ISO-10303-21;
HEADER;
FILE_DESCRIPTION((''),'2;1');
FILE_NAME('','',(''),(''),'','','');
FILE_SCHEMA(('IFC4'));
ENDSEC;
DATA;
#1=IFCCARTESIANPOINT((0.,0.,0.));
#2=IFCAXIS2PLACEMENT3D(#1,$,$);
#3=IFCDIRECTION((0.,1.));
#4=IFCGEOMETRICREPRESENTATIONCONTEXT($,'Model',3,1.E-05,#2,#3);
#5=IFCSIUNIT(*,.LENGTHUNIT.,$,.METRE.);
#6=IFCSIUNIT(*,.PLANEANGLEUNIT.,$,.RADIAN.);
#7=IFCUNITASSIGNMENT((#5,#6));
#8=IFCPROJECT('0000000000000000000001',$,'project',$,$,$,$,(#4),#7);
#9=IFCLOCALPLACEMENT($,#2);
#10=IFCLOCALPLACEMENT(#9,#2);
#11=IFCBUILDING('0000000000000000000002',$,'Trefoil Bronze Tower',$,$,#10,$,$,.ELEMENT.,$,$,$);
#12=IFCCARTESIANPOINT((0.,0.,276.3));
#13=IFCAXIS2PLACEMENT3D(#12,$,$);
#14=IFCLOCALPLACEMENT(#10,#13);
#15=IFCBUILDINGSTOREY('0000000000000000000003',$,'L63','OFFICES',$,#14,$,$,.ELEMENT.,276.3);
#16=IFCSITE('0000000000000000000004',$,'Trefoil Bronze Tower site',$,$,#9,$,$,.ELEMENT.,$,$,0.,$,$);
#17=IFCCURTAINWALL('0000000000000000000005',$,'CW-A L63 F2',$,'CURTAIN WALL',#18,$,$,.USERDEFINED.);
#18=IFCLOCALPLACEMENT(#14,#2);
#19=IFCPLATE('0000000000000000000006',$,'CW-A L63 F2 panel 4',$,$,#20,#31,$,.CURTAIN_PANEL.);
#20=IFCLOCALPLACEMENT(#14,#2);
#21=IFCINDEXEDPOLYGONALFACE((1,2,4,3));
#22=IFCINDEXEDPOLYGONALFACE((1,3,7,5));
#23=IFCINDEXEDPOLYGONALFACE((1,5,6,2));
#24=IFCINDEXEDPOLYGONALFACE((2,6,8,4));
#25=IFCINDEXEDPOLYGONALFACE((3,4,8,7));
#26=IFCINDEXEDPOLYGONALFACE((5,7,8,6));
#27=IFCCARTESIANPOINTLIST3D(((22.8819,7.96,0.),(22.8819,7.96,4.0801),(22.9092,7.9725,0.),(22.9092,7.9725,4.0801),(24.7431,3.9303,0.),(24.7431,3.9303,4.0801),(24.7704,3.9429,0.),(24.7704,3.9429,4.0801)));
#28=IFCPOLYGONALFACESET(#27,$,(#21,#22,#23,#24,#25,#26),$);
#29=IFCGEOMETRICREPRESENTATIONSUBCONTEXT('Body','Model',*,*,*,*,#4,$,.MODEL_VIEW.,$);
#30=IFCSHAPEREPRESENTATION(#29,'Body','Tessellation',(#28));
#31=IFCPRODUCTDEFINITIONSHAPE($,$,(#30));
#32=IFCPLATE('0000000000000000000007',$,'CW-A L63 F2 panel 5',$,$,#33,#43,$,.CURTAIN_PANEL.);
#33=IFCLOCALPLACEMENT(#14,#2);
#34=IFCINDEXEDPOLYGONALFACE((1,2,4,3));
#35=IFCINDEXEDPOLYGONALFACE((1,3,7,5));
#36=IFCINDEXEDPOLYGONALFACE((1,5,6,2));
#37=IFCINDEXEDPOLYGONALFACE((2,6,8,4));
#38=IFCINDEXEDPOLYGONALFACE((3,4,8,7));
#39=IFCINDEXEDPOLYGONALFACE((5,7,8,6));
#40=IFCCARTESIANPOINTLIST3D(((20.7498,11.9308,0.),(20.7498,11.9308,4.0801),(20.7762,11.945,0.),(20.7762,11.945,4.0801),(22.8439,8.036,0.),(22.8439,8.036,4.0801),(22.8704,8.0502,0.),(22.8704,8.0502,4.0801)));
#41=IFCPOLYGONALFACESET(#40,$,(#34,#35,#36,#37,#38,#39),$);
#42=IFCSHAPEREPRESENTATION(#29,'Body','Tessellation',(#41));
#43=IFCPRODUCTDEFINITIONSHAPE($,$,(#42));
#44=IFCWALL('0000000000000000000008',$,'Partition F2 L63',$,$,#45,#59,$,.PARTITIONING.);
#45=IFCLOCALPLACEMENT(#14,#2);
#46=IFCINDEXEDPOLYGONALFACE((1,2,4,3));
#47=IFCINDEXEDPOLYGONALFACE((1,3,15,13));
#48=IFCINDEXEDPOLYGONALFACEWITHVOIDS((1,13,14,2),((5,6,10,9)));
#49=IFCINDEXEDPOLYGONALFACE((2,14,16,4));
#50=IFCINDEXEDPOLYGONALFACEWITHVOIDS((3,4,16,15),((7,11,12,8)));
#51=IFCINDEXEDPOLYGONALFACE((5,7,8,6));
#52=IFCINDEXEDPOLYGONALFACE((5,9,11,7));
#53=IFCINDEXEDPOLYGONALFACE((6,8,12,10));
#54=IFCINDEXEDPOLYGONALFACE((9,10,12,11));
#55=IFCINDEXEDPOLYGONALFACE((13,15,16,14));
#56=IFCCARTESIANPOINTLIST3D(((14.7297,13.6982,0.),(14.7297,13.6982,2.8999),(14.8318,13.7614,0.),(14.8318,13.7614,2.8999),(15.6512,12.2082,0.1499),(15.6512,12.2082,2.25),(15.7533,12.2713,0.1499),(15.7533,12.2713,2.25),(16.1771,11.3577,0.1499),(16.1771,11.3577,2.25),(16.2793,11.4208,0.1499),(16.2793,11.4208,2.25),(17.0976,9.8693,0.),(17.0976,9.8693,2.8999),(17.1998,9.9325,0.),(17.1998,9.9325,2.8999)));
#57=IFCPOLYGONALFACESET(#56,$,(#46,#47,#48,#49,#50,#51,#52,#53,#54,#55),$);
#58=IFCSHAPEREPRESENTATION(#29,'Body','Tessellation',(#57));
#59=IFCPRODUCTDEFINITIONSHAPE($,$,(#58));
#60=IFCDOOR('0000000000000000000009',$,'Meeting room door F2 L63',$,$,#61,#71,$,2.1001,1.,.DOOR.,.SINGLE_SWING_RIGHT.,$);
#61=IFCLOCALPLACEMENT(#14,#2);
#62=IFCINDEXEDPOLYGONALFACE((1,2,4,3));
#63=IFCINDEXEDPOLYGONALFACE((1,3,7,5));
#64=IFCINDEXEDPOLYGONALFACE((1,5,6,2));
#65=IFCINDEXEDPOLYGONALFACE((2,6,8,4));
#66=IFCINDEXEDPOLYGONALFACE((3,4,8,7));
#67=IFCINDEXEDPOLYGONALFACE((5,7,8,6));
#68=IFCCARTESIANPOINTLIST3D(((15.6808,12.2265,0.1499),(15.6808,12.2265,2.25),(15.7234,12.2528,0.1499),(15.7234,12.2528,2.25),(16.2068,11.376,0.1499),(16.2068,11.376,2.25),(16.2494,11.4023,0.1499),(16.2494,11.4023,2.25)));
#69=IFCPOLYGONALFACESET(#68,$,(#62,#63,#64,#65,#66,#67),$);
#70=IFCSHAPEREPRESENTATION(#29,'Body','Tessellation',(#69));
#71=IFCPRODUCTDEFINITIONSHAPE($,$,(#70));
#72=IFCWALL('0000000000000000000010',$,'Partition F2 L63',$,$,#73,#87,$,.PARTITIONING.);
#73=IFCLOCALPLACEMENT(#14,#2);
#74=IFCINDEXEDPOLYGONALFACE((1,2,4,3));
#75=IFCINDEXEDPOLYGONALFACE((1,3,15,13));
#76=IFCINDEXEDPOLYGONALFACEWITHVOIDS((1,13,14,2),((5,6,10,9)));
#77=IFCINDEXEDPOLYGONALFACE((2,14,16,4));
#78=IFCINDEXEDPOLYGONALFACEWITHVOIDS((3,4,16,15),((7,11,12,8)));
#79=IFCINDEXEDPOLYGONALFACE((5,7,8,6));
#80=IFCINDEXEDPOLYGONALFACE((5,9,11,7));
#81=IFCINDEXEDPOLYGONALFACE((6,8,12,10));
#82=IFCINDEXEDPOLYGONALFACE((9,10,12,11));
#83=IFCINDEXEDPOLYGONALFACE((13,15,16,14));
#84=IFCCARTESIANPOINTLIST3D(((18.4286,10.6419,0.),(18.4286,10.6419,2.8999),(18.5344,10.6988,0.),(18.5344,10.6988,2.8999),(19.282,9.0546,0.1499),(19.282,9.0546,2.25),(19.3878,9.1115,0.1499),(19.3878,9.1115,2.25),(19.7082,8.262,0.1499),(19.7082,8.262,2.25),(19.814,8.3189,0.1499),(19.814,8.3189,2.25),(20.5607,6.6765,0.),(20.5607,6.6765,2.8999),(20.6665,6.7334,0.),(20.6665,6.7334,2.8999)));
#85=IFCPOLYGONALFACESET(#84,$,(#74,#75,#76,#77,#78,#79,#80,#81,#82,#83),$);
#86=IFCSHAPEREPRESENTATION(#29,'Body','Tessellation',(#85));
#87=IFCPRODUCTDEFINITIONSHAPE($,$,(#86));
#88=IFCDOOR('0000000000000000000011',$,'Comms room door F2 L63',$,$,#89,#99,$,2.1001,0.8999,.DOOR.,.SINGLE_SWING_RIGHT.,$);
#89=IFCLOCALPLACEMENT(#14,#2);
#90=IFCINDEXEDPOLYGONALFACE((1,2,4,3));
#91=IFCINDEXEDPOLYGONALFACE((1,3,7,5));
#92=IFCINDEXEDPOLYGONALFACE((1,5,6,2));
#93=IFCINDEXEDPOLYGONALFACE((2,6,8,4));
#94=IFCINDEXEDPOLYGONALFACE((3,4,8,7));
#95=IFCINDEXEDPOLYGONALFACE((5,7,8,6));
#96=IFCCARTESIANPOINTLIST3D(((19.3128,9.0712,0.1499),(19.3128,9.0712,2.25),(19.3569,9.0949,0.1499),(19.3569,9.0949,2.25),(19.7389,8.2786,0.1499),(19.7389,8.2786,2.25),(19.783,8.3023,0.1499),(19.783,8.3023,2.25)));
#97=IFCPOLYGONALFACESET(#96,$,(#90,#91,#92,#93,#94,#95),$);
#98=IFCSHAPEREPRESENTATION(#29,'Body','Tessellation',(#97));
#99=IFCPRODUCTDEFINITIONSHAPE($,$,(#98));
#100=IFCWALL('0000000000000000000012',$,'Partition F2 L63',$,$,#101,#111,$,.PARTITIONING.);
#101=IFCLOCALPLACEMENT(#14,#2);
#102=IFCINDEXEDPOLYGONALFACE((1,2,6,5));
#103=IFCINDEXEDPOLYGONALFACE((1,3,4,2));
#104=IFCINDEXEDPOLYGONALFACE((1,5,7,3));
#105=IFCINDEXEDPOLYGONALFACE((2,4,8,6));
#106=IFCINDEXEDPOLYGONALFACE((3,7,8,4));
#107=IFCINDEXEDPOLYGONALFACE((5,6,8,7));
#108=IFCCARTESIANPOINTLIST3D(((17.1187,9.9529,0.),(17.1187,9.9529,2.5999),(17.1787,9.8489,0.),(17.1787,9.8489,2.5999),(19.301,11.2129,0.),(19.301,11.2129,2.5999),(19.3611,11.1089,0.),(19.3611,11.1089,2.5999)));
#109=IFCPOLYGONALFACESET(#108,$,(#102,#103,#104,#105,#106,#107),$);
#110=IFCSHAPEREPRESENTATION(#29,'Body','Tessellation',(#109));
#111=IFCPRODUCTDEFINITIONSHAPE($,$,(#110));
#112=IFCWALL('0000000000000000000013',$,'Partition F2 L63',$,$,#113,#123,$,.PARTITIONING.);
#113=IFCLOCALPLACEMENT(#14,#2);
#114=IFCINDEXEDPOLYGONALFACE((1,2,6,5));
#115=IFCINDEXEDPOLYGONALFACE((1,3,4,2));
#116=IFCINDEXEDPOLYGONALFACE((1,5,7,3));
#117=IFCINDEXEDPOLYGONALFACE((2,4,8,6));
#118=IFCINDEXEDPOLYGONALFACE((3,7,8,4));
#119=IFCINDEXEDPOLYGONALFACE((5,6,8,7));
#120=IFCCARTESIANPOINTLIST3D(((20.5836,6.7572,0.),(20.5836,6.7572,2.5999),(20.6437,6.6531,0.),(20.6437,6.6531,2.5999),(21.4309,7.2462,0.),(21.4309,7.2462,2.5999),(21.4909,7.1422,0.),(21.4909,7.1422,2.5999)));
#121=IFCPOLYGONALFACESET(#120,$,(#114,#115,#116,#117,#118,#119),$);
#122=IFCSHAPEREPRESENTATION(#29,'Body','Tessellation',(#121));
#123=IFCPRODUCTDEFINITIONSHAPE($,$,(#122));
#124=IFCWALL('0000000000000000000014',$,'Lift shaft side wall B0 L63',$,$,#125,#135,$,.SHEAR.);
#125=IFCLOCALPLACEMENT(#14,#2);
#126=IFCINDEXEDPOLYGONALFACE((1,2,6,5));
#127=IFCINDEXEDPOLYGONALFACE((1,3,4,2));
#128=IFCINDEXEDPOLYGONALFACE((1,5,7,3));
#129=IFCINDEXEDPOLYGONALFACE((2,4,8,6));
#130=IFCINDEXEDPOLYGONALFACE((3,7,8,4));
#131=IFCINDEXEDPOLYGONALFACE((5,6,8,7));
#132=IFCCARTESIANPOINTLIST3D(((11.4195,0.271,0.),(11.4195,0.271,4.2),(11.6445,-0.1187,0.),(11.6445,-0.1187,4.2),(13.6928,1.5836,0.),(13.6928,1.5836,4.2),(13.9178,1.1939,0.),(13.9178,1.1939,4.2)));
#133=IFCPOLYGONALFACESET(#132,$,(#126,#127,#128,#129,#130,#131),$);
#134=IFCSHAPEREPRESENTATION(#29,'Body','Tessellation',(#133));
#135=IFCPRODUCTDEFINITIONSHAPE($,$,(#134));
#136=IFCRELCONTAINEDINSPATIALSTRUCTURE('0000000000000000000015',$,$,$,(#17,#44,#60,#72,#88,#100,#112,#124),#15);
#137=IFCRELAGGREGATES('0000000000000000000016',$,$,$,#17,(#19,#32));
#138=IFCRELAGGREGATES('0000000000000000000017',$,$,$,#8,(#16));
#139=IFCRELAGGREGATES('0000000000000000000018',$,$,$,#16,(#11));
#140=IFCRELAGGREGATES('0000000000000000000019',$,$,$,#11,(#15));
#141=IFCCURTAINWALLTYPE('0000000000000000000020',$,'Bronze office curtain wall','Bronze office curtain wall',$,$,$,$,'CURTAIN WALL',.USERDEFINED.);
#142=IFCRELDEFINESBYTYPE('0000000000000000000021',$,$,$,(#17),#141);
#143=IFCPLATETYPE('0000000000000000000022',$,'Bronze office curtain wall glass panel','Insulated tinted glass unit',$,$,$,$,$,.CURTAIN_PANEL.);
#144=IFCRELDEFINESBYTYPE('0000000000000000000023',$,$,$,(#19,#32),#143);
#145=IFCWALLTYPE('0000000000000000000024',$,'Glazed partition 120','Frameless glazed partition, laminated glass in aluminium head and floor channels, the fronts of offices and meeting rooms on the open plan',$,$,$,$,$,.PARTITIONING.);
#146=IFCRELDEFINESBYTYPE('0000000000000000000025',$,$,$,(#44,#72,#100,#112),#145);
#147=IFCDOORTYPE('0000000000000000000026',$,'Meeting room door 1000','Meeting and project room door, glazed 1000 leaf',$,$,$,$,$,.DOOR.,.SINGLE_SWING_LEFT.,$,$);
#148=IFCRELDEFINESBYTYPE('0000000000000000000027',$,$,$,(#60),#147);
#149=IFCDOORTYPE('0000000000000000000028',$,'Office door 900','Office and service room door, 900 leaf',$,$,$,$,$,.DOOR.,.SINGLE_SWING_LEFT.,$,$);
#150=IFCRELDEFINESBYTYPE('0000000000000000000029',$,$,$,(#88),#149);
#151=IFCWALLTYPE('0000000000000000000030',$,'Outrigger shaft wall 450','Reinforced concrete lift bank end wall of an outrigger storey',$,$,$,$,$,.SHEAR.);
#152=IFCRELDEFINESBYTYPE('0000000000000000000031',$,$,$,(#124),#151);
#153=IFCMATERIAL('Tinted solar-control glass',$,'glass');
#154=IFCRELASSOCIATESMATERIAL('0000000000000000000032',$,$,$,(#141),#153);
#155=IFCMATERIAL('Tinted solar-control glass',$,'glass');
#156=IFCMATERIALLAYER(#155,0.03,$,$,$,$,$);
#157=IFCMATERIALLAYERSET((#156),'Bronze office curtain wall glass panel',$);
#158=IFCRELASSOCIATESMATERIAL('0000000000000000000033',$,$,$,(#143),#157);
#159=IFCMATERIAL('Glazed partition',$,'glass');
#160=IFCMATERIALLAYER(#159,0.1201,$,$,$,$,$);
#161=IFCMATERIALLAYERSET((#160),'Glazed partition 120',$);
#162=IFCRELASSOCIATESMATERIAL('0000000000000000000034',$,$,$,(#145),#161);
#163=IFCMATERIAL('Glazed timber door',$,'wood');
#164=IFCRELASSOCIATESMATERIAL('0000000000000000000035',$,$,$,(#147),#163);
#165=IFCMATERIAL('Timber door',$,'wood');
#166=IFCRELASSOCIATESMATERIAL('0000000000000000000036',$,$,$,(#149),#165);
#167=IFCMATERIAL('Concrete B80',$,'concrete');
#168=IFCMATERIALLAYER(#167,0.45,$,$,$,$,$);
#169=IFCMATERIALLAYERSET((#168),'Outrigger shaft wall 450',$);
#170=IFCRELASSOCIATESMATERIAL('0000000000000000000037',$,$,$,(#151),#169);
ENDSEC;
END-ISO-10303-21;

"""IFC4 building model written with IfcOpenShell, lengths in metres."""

from ifc_helpers import new_model, si_unit, direction, frame, frame_2d, origin, origin_2d, place, context, subcontext, project, spatial, rectangle, extrude, material, layer, layer_set, type_object, element, fill, aggregate, save


model = new_model("IFC4")

# Units and contexts
model_context = context("Model", 3, precision=1e-05, world=origin(), true_north=direction((0.0, 1.0)))
body_context = subcontext(model_context, "Body", "Model", "MODEL_VIEW")
ifc_project = project(units=[si_unit("LENGTHUNIT", "METRE"), si_unit("PLANEANGLEUNIT", "RADIAN")], contexts=[model_context])

# Site, building, storey
site_placement = place(None, origin())
site = spatial("IfcSite", under=ifc_project, at=site_placement, Name="Trefoil Bronze Tower site", CompositionType="ELEMENT", RefElevation=0.0)
building_placement = place(site_placement, origin())
building = spatial("IfcBuilding", under=site, at=building_placement, Name="Trefoil Bronze Tower", CompositionType="ELEMENT")
storey_placement = place(building_placement, frame((0.0, 0.0, 276.3)))
storey = spatial("IfcBuildingStorey", under=building, at=storey_placement, Name="L63", Description="OFFICES", CompositionType="ELEMENT", Elevation=276.3)

# Curtain wall
ifc_material_1 = material(Name="Tinted solar-control glass", Category="glass")
curtain_wall_type = type_object("IfcCurtainWallType", Name="Bronze office curtain wall", Description="Bronze office curtain wall", ElementType="CURTAIN WALL", PredefinedType="USERDEFINED", material=ifc_material_1)
curtain_wall_placement = place(storey_placement, origin())
curtain_wall = element("IfcCurtainWall", 1, at=curtain_wall_placement, inside=storey, type_object=curtain_wall_type, Name="CW-A L63 F2", ObjectType="CURTAIN WALL", PredefinedType="USERDEFINED")

# Plates
ifc_material_2 = material(Name="Tinted solar-control glass", Category="glass")
ifc_layer_1 = layer(ifc_material_2, 0.03)
ifc_layer_set_1 = layer_set([ifc_layer_1], Name="Bronze office curtain wall glass panel")
plate_type = type_object("IfcPlateType", Name="Bronze office curtain wall glass panel", Description="Insulated tinted glass unit", PredefinedType="CURTAIN_PANEL", material=ifc_layer_set_1)
plate_1_placement = place(storey_placement, frame((23.8262, 5.9514, 0.0), z_axis=(0.0, 0.0, 1.0), x_axis=(-0.419309, 0.907844, 0.0)))
plate_1 = element("IfcPlate", 2, at=plate_1_placement, type_object=plate_type, Name="CW-A L63 F2 panel 4", PredefinedType="CURTAIN_PANEL", context=body_context, shape_type="SweptSolid", body=[
    extrude(rectangle(XDim=4.4387, YDim=0.03, at=origin_2d()), origin(), (0.0, 0.0, 1.0), 4.0801),
])
plate_2_placement = place(storey_placement, frame((21.8101, 9.9905, 0.0), z_axis=(0.0, 0.0, 1.0), x_axis=(-0.473562, 0.88076, 0.0)))
plate_2 = element("IfcPlate", 3, at=plate_2_placement, type_object=plate_type, Name="CW-A L63 F2 panel 5", PredefinedType="CURTAIN_PANEL", context=body_context, shape_type="SweptSolid", body=[
    extrude(rectangle(XDim=4.4221, YDim=0.03, at=origin_2d()), origin(), (0.0, 0.0, 1.0), 4.0801),
])
aggregate(curtain_wall, [plate_1, plate_2])

# Walls, openings, doors
ifc_material_3 = material(Name="Glazed partition", Category="glass")
ifc_layer_2 = layer(ifc_material_3, 0.1201)
ifc_layer_set_2 = layer_set([ifc_layer_2], Name="Glazed partition 120")
wall_type_1 = type_object("IfcWallType", Name="Glazed partition 120", Description="Frameless glazed partition, laminated glass in aluminium head and floor channels, the fronts of offices and meeting rooms on the open plan", PredefinedType="PARTITIONING", material=ifc_layer_set_2)
wall_1_placement = place(storey_placement, frame((17.1487, 9.9009, 0.0), z_axis=(0.0, 0.0, 1.0), x_axis=(-0.525981, 0.850496, 0.0)))
wall_1 = element("IfcWall", 4, at=wall_1_placement, inside=storey, type_object=wall_type_1, Name="Partition F2 L63", PredefinedType="PARTITIONING", context=body_context, shape_type="SweptSolid", body=[
    extrude(rectangle(XDim=4.502, YDim=0.1201, at=frame_2d((2.251, 0.0))), origin(), (0.0, 0.0, 1.0), 2.8999),
])
opening_1_placement = place(wall_1_placement, frame((1.75, 0.0, 0.1499)))
opening_1 = element("IfcOpeningElement", 5, at=opening_1_placement, cuts=wall_1, PredefinedType="OPENING", context=body_context, shape_type="SweptSolid", body=[
    extrude(rectangle(XDim=1.0, YDim=2.1001, at=frame_2d((0.5, 1.05))), frame((0.0, 0.0701, 0.0), z_axis=(0.0, -1.0, 0.0), x_axis=(1.0, 0.0, 0.0)), (0.0, 0.0, 1.0), 0.1401),
])
ifc_material_4 = material(Name="Glazed timber door", Category="wood")
door_type_1 = type_object("IfcDoorType", Name="Meeting room door 1000", Description="Meeting and project room door, glazed 1000 leaf", OperationType="SINGLE_SWING_LEFT", PredefinedType="DOOR", material=ifc_material_4)
door_1_placement = place(opening_1_placement, frame((1.0, 0.0, 0.0), z_axis=(0.0, 0.0, 1.0), x_axis=(-1.0, 0.0, 0.0)))
door_1 = element("IfcDoor", 6, at=door_1_placement, inside=storey, type_object=door_type_1, Name="Meeting room door F2 L63", OperationType="SINGLE_SWING_RIGHT", OverallHeight=2.1001, OverallWidth=1.0, PredefinedType="DOOR", context=body_context, shape_type="SweptSolid", body=[
    extrude(rectangle(XDim=1.0, YDim=2.1001, at=frame_2d((0.5, 1.05))), frame((0.0, 0.0249, 0.0), z_axis=(0.0, -1.0, 0.0), x_axis=(1.0, 0.0, 0.0)), (0.0, 0.0, 1.0), 0.05),
])
fill(opening_1, door_1)
wall_2_placement = place(storey_placement, frame((20.6135, 6.7051, 0.0), z_axis=(0.0, 0.0, 1.0), x_axis=(-0.473566, 0.880758, 0.0)))
wall_2 = element("IfcWall", 7, at=wall_2_placement, inside=storey, type_object=wall_type_1, Name="Partition F2 L63", PredefinedType="PARTITIONING", context=body_context, shape_type="SweptSolid", body=[
    extrude(rectangle(XDim=4.5022, YDim=0.1201, at=frame_2d((2.251, 0.0))), origin(), (0.0, 0.0, 1.0), 2.8999),
])
opening_2_placement = place(wall_2_placement, frame((1.8, 0.0, 0.1499)))
opening_2 = element("IfcOpeningElement", 8, at=opening_2_placement, cuts=wall_2, PredefinedType="OPENING", context=body_context, shape_type="SweptSolid", body=[
    extrude(rectangle(XDim=0.8999, YDim=2.1001, at=frame_2d((0.45, 1.05))), frame((0.0, 0.0701, 0.0), z_axis=(0.0, -1.0, 0.0), x_axis=(1.0, 0.0, 0.0)), (0.0, 0.0, 1.0), 0.1401),
])
ifc_material_5 = material(Name="Timber door", Category="wood")
door_type_2 = type_object("IfcDoorType", Name="Office door 900", Description="Office and service room door, 900 leaf", OperationType="SINGLE_SWING_LEFT", PredefinedType="DOOR", material=ifc_material_5)
door_2_placement = place(opening_2_placement, frame((0.8999, 0.0, 0.0), z_axis=(0.0, 0.0, 1.0), x_axis=(-1.0, 0.0, 0.0)))
door_2 = element("IfcDoor", 9, at=door_2_placement, inside=storey, type_object=door_type_2, Name="Comms room door F2 L63", OperationType="SINGLE_SWING_RIGHT", OverallHeight=2.1001, OverallWidth=0.8999, PredefinedType="DOOR", context=body_context, shape_type="SweptSolid", body=[
    extrude(rectangle(XDim=0.8999, YDim=2.1001, at=frame_2d((0.45, 1.05))), frame((0.0, 0.0249, 0.0), z_axis=(0.0, -1.0, 0.0), x_axis=(1.0, 0.0, 0.0)), (0.0, 0.0, 1.0), 0.05),
])
fill(opening_2, door_2)

# Walls
wall_3_placement = place(storey_placement, frame((17.1487, 9.9009, 0.0), z_axis=(0.0, 0.0, 1.0), x_axis=(0.866023, 0.500005, 0.0)))
element("IfcWall", 10, at=wall_3_placement, inside=storey, type_object=wall_type_1, Name="Partition F2 L63", PredefinedType="PARTITIONING", context=body_context, shape_type="SweptSolid", body=[
    extrude(rectangle(XDim=2.52, YDim=0.1201, at=frame_2d((1.26, 0.0))), origin(), (0.0, 0.0, 1.0), 2.5999),
])
wall_4_placement = place(storey_placement, frame((20.6135, 6.7051, 0.0), z_axis=(0.0, 0.0, 1.0), x_axis=(0.866069, 0.499924, 0.0)))
element("IfcWall", 11, at=wall_4_placement, inside=storey, type_object=wall_type_1, Name="Partition F2 L63", PredefinedType="PARTITIONING", context=body_context, shape_type="SweptSolid", body=[
    extrude(rectangle(XDim=0.9783, YDim=0.1201, at=frame_2d((0.4893, 0.0))), origin(), (0.0, 0.0, 1.0), 2.5999),
])
ifc_material_6 = material(Name="Concrete B80", Category="concrete")
ifc_layer_3 = layer(ifc_material_6, 0.45)
ifc_layer_set_3 = layer_set([ifc_layer_3], Name="Outrigger shaft wall 450")
wall_type_2 = type_object("IfcWallType", Name="Outrigger shaft wall 450", Description="Reinforced concrete lift bank end wall of an outrigger storey", PredefinedType="SHEAR", material=ifc_layer_set_3)
wall_5_placement = place(storey_placement, frame((11.532, 0.0762, 0.0), z_axis=(0.0, 0.0, 1.0), x_axis=(0.866014, 0.50002, 0.0)))
element("IfcWall", 12, at=wall_5_placement, inside=storey, type_object=wall_type_2, Name="Lift shaft side wall B0 L63", PredefinedType="SHEAR", context=body_context, shape_type="SweptSolid", body=[
    extrude(rectangle(XDim=2.625, YDim=0.45, at=frame_2d((1.3125, 0.0))), origin(), (0.0, 0.0, 1.0), 4.2),
])

save(model, "model.ifc")
